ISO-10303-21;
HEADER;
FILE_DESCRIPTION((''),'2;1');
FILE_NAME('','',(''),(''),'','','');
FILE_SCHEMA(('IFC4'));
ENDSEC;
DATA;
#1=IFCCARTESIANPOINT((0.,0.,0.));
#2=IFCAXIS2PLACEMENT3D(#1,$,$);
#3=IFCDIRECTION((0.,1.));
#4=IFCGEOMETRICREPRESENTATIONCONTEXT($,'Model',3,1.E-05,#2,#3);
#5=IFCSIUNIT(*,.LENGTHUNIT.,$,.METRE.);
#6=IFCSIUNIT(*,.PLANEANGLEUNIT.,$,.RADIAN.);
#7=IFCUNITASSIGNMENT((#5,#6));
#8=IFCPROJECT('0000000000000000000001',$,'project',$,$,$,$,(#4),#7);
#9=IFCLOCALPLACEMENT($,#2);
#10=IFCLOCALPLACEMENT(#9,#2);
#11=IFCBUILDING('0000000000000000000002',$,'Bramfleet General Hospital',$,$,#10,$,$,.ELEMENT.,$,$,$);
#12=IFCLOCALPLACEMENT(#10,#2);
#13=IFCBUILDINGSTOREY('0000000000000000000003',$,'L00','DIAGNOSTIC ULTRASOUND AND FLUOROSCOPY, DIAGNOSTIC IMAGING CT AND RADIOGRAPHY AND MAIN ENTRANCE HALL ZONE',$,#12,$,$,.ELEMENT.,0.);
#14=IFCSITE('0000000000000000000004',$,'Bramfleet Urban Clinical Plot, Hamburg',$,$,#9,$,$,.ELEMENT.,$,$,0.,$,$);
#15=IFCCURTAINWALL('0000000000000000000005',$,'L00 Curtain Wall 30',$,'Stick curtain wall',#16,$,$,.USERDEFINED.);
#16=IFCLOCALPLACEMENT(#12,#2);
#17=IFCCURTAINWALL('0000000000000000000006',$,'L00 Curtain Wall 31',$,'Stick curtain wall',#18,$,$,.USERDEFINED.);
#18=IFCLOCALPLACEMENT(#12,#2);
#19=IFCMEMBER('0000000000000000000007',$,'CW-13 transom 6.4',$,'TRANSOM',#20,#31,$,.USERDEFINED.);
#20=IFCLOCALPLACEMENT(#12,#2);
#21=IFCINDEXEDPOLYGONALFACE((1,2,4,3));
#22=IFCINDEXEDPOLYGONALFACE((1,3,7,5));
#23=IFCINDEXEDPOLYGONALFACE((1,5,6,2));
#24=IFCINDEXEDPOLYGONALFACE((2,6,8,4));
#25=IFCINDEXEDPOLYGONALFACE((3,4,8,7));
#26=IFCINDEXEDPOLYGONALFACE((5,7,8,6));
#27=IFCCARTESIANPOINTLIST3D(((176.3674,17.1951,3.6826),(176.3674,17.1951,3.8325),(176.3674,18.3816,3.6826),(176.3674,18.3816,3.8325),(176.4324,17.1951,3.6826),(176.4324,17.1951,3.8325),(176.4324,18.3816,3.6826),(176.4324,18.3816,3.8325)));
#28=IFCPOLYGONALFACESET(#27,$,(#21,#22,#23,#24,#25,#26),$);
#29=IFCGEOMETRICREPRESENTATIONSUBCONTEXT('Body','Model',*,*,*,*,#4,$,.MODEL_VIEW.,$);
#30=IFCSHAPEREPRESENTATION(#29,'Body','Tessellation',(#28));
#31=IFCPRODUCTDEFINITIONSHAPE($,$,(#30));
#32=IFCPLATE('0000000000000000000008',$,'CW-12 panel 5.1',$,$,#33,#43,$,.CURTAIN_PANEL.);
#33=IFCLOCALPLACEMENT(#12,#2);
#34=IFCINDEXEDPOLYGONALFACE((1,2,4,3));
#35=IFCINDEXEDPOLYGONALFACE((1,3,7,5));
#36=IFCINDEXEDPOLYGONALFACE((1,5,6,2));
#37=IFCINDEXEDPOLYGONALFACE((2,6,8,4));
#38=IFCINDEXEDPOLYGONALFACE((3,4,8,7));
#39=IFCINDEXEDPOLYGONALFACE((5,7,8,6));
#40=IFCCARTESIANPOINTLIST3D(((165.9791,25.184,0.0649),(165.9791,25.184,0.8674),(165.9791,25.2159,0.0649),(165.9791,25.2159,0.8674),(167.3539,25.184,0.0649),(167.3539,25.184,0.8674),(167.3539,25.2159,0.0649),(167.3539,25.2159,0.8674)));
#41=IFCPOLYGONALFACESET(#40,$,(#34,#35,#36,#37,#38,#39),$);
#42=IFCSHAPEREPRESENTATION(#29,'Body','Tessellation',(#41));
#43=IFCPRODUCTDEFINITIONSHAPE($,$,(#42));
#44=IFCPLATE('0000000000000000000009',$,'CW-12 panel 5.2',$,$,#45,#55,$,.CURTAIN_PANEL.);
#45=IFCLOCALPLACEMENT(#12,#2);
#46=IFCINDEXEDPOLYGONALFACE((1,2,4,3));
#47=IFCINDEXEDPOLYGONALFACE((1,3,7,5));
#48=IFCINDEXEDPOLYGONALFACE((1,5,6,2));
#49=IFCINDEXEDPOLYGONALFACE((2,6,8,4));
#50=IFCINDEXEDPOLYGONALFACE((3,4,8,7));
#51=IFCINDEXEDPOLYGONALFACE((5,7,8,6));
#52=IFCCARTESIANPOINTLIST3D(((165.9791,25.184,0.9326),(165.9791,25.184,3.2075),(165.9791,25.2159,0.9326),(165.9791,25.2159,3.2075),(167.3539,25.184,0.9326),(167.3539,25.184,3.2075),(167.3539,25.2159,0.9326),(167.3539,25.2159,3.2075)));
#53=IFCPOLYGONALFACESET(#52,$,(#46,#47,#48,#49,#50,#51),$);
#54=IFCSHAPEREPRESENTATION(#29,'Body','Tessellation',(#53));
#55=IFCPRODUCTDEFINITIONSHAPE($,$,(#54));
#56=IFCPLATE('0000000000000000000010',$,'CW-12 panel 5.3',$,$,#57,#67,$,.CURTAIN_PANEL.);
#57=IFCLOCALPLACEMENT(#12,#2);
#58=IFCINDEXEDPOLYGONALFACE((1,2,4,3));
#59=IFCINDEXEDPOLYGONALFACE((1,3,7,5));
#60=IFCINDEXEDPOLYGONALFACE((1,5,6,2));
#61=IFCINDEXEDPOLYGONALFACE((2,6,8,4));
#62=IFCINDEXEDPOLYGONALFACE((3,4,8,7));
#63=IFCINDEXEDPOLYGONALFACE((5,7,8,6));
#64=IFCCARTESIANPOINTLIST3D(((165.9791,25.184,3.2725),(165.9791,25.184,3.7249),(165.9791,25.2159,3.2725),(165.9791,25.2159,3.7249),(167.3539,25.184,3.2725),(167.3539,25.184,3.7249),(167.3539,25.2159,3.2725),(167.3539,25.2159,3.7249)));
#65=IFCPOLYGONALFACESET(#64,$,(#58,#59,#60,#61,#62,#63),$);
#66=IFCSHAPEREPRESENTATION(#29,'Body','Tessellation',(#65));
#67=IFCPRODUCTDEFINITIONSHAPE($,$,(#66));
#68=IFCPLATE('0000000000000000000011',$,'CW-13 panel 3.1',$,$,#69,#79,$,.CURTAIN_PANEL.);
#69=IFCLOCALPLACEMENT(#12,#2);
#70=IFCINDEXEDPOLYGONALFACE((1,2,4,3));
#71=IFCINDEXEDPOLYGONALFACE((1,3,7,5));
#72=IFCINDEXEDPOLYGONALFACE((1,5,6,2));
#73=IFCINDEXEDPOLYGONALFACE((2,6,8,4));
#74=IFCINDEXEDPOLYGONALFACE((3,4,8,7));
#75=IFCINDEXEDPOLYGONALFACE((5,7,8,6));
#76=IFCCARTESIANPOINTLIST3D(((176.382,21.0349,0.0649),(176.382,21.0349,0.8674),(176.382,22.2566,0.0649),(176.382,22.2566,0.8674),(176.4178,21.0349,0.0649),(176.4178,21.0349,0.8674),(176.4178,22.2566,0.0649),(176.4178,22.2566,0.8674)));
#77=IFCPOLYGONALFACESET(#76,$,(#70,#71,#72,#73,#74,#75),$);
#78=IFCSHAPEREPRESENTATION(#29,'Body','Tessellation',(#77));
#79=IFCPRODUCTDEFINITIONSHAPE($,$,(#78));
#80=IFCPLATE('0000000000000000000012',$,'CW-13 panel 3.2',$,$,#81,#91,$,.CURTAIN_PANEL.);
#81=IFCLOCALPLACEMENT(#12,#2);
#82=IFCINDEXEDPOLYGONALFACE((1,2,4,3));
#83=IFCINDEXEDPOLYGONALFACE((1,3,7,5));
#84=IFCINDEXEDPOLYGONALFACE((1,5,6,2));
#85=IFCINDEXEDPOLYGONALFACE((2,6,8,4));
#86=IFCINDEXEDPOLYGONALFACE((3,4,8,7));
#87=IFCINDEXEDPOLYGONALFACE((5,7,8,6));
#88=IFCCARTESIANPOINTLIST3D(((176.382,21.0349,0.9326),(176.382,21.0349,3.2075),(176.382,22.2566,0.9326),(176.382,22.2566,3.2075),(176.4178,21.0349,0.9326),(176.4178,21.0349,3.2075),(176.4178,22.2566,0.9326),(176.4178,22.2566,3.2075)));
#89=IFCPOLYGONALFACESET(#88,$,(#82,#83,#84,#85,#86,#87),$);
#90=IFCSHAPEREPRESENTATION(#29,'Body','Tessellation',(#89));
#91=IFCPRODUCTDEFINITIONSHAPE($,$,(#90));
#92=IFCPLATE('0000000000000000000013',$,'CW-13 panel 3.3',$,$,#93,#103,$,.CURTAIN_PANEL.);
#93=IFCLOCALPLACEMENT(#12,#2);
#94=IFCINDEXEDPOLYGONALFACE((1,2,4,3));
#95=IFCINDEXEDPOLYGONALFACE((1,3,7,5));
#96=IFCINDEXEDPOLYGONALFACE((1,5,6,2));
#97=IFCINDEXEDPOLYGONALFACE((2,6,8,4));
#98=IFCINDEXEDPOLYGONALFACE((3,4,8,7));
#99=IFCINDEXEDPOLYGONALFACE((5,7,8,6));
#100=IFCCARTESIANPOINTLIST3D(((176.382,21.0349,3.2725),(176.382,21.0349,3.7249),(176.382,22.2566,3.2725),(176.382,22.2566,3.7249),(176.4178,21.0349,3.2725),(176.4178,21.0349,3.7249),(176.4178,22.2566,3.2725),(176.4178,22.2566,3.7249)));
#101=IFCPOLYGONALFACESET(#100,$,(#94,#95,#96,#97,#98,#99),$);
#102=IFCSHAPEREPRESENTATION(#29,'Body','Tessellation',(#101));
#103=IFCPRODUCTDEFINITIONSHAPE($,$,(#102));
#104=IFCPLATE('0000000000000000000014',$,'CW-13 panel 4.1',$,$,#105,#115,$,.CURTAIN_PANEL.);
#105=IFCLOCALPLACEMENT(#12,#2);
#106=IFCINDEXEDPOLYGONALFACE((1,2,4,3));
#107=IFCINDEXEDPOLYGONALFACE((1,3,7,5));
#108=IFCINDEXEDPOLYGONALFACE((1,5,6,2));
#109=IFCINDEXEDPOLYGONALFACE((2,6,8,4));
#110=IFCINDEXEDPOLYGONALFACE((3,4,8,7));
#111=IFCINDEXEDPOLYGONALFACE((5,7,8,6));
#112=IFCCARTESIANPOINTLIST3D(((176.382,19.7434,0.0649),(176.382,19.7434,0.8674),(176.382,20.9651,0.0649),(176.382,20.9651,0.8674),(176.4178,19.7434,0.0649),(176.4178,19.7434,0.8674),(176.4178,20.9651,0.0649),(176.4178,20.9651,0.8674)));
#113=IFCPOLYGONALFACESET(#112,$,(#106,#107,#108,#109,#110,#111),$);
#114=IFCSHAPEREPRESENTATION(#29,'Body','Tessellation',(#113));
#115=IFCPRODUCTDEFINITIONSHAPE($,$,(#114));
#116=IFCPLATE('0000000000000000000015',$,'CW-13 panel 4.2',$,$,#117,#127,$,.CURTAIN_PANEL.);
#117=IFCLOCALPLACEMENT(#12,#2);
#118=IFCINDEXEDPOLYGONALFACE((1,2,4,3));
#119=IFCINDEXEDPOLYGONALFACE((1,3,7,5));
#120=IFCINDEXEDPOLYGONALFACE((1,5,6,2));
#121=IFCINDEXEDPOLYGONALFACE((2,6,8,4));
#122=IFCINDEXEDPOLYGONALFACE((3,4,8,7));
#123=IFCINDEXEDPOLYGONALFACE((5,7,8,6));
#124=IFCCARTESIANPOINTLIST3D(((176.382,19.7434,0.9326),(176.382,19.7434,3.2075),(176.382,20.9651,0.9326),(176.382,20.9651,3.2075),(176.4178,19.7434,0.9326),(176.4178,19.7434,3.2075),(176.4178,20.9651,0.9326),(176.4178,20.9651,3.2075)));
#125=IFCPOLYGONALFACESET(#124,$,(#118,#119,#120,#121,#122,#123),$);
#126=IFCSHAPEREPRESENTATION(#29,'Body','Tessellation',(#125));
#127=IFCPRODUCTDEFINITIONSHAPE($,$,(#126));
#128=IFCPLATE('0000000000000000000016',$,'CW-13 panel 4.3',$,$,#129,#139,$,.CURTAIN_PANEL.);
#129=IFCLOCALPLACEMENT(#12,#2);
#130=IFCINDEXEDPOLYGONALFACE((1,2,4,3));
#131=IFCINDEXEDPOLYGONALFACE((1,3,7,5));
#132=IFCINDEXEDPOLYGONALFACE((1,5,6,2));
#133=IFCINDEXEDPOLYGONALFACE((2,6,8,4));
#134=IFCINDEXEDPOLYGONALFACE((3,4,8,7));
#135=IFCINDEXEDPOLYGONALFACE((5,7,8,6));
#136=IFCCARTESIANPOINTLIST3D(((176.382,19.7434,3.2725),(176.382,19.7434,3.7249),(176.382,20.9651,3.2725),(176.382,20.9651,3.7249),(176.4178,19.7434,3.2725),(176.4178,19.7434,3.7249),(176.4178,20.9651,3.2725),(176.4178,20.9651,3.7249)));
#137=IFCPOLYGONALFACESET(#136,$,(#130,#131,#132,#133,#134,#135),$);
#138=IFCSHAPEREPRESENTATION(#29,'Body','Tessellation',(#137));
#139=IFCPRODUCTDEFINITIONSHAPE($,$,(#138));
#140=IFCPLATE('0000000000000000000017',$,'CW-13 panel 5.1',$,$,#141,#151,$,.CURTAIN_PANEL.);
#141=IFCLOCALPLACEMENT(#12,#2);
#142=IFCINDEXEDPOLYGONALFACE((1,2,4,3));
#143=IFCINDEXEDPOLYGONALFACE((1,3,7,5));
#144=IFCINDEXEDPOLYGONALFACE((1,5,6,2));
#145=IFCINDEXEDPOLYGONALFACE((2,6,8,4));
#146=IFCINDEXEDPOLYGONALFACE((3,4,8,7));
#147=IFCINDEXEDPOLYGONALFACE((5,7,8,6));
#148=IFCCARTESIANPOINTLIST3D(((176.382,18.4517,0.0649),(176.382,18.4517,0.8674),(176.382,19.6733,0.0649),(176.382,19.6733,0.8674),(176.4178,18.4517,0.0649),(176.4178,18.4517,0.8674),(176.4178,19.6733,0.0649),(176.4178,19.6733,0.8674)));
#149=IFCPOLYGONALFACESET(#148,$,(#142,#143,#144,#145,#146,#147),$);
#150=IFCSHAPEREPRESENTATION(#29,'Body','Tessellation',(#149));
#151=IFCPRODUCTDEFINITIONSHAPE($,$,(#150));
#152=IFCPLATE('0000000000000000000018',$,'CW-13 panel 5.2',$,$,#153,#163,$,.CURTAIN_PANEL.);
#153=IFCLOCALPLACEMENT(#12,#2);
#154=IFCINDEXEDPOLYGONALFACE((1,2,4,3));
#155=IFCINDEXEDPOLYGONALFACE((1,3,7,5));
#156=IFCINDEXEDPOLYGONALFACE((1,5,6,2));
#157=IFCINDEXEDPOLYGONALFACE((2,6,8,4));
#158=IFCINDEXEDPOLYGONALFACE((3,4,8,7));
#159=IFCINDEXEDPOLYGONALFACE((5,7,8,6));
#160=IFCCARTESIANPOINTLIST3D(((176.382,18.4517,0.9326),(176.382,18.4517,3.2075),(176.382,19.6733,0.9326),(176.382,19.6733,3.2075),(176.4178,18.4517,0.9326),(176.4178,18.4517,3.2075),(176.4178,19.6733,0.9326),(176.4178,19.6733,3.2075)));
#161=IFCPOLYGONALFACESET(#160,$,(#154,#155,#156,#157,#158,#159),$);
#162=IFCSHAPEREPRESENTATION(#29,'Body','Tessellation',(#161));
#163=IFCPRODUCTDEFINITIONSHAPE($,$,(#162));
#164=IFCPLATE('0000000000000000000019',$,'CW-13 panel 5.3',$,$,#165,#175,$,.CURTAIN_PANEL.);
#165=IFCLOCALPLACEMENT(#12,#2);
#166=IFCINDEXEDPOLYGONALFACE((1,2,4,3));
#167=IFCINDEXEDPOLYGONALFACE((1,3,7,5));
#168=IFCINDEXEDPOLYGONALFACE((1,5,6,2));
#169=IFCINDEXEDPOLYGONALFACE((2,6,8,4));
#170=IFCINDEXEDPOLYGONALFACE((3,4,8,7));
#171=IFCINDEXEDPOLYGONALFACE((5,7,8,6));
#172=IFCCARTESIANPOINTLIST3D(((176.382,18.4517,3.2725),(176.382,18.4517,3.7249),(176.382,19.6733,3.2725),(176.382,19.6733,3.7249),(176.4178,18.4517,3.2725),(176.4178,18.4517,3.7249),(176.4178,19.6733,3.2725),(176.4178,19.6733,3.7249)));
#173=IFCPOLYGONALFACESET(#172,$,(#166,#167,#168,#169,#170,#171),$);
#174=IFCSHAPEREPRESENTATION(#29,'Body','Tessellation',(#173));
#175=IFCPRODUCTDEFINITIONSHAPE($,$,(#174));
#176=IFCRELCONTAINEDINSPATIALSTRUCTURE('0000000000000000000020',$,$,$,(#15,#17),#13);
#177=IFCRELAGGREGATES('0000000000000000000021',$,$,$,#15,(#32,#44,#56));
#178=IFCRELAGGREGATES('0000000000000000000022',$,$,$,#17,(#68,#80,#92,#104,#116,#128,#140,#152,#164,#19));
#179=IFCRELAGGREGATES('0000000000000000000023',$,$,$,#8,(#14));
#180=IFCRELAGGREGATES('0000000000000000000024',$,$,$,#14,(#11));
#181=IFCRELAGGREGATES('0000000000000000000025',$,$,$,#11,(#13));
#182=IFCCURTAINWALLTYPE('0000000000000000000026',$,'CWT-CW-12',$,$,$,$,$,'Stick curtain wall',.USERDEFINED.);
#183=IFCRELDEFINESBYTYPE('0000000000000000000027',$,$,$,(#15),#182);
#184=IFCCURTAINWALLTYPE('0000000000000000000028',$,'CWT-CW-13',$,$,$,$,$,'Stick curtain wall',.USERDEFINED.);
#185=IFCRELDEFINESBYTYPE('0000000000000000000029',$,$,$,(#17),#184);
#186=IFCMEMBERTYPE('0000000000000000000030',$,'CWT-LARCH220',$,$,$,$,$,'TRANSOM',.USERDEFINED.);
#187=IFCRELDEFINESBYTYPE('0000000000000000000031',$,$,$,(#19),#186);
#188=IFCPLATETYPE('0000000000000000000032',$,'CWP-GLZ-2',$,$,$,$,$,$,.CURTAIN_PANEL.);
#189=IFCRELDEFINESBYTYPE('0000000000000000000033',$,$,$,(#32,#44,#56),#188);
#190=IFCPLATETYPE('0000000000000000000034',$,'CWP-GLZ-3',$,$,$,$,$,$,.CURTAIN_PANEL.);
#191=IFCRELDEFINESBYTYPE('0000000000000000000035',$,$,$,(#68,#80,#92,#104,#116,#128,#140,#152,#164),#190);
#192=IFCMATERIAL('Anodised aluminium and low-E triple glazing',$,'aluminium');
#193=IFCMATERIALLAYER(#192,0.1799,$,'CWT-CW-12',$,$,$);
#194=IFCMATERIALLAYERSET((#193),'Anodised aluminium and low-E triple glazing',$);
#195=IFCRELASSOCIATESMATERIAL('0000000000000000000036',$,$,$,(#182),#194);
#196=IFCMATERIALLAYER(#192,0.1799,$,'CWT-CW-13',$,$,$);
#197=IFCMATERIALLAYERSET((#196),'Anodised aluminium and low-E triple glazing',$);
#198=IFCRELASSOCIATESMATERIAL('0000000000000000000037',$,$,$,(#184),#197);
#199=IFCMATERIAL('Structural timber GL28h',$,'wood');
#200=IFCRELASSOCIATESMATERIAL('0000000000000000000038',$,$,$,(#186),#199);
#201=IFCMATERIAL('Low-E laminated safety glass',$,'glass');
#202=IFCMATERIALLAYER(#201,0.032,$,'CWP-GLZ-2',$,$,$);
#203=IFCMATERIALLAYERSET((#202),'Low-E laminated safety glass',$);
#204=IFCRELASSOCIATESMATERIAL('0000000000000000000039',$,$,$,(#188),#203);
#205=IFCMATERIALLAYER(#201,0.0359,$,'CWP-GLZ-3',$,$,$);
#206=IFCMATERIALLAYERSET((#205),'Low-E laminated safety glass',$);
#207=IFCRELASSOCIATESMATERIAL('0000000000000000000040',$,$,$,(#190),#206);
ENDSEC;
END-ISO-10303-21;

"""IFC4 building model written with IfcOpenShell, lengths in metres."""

from ifc_helpers import new_model, si_unit, direction, frame, origin, origin_2d, place, context, subcontext, project, spatial, rectangle, extrude, material, layer, layer_set, material_profile, profile_set, type_object, element, aggregate, save


model = new_model("IFC4")

# Units and contexts
model_context = context("Model", 3, precision=1e-05, world=origin(), true_north=direction((0.0, 1.0)))
body_context = subcontext(model_context, "Body", "Model", "MODEL_VIEW")
ifc_project = project(units=[si_unit("LENGTHUNIT", "METRE"), si_unit("PLANEANGLEUNIT", "RADIAN")], contexts=[model_context])

# Site, building, storey
site_placement = place(None, origin())
site = spatial("IfcSite", under=ifc_project, at=site_placement, Name="Bramfleet Urban Clinical Plot, Hamburg", CompositionType="ELEMENT", RefElevation=0.0)
building_placement = place(site_placement, origin())
building = spatial("IfcBuilding", under=site, at=building_placement, Name="Bramfleet General Hospital", CompositionType="ELEMENT")
storey_placement = place(building_placement, origin())
storey = spatial("IfcBuildingStorey", under=building, at=storey_placement, Name="L00", Description="DIAGNOSTIC ULTRASOUND AND FLUOROSCOPY, DIAGNOSTIC IMAGING CT AND RADIOGRAPHY AND MAIN ENTRANCE HALL ZONE", CompositionType="ELEMENT", Elevation=0.0)

# Curtain wall
ifc_material_1 = material(Name="Anodised aluminium and low-E triple glazing", Category="aluminium")
ifc_layer_1 = layer(ifc_material_1, 0.1799, Name="CWT-CW-12")
ifc_layer_set_1 = layer_set([ifc_layer_1], Name="Anodised aluminium and low-E triple glazing")
curtain_wall_type_1 = type_object("IfcCurtainWallType", Name="CWT-CW-12", ElementType="Stick curtain wall", PredefinedType="USERDEFINED", material=ifc_layer_set_1)
curtain_wall_1_placement = place(storey_placement, origin())
curtain_wall_1 = element("IfcCurtainWall", 1, at=curtain_wall_1_placement, inside=storey, type_object=curtain_wall_type_1, Name="L00 Curtain Wall 30", ObjectType="Stick curtain wall", PredefinedType="USERDEFINED")
ifc_material_2 = material(Name="Structural timber GL28h", Category="wood")

# Curtain wall, member
ifc_layer_2 = layer(ifc_material_1, 0.1799, Name="CWT-CW-13")
ifc_layer_set_2 = layer_set([ifc_layer_2], Name="Anodised aluminium and low-E triple glazing")
curtain_wall_type_2 = type_object("IfcCurtainWallType", Name="CWT-CW-13", ElementType="Stick curtain wall", PredefinedType="USERDEFINED", material=ifc_layer_set_2)
curtain_wall_2_placement = place(storey_placement, origin())
curtain_wall_2 = element("IfcCurtainWall", 2, at=curtain_wall_2_placement, inside=storey, type_object=curtain_wall_type_2, Name="L00 Curtain Wall 31", ObjectType="Stick curtain wall", PredefinedType="USERDEFINED")
ifc_material_profile_1 = material_profile(ifc_material_2, rectangle(XDim=0.0649, YDim=0.1499, at=origin_2d()), Name="LARCH 150x65")
ifc_profile_set_1 = profile_set([ifc_material_profile_1], Name="Structural timber GL28h")
member_type_1 = type_object("IfcMemberType", Name="CWT-LARCH220", ElementType="TRANSOM", PredefinedType="USERDEFINED", material=ifc_profile_set_1)
member_1_placement = place(storey_placement, frame((176.3999, 18.3816, 3.7576), z_axis=(0.0, -1.0, 0.0), x_axis=(1.0, 0.0, 0.0)))
member_1 = element("IfcMember", 3, at=member_1_placement, type_object=member_type_1, Name="CW-13 transom 6.4", ObjectType="TRANSOM", PredefinedType="USERDEFINED", context=body_context, shape_type="SweptSolid", body=[
    extrude(rectangle(XDim=0.0649, YDim=0.1499, at=origin_2d()), origin(), (0.0, 0.0, 1.0), 1.1865),
])

# Plates
ifc_material_3 = material(Name="Low-E laminated safety glass", Category="glass")
ifc_layer_3 = layer(ifc_material_3, 0.032, Name="CWP-GLZ-2")
ifc_layer_set_3 = layer_set([ifc_layer_3], Name="Low-E laminated safety glass")
plate_type_1 = type_object("IfcPlateType", Name="CWP-GLZ-2", PredefinedType="CURTAIN_PANEL", material=ifc_layer_set_3)
plate_1_placement = place(storey_placement, frame((166.6665, 25.2, 0.0649), z_axis=(0.0, 0.0, 1.0), x_axis=(1.0, 0.0, 0.0)))
plate_1 = element("IfcPlate", 4, at=plate_1_placement, type_object=plate_type_1, Name="CW-12 panel 5.1", PredefinedType="CURTAIN_PANEL", context=body_context, shape_type="SweptSolid", body=[
    extrude(rectangle(XDim=1.3748, YDim=0.032, at=origin_2d()), origin(), (0.0, 0.0, 1.0), 0.8025),
])
plate_2_placement = place(storey_placement, frame((166.6665, 25.2, 0.9326), z_axis=(0.0, 0.0, 1.0), x_axis=(1.0, 0.0, 0.0)))
plate_2 = element("IfcPlate", 5, at=plate_2_placement, type_object=plate_type_1, Name="CW-12 panel 5.2", PredefinedType="CURTAIN_PANEL", context=body_context, shape_type="SweptSolid", body=[
    extrude(rectangle(XDim=1.3748, YDim=0.032, at=origin_2d()), origin(), (0.0, 0.0, 1.0), 2.2749),
])
plate_3_placement = place(storey_placement, frame((166.6665, 25.2, 3.2725), z_axis=(0.0, 0.0, 1.0), x_axis=(1.0, 0.0, 0.0)))
plate_3 = element("IfcPlate", 6, at=plate_3_placement, type_object=plate_type_1, Name="CW-12 panel 5.3", PredefinedType="CURTAIN_PANEL", context=body_context, shape_type="SweptSolid", body=[
    extrude(rectangle(XDim=1.3748, YDim=0.032, at=origin_2d()), origin(), (0.0, 0.0, 1.0), 0.4524),
])
aggregate(curtain_wall_1, [plate_1, plate_2, plate_3])
ifc_layer_4 = layer(ifc_material_3, 0.0359, Name="CWP-GLZ-3")
ifc_layer_set_4 = layer_set([ifc_layer_4], Name="Low-E laminated safety glass")
plate_type_2 = type_object("IfcPlateType", Name="CWP-GLZ-3", PredefinedType="CURTAIN_PANEL", material=ifc_layer_set_4)
plate_4_placement = place(storey_placement, frame((176.3999, 21.6458, 0.0649), z_axis=(0.0, 0.0, 1.0), x_axis=(0.0, -1.0, 0.0)))
plate_4 = element("IfcPlate", 7, at=plate_4_placement, type_object=plate_type_2, Name="CW-13 panel 3.1", PredefinedType="CURTAIN_PANEL", context=body_context, shape_type="SweptSolid", body=[
    extrude(rectangle(XDim=1.2217, YDim=0.0359, at=origin_2d()), origin(), (0.0, 0.0, 1.0), 0.8025),
])
plate_5_placement = place(storey_placement, frame((176.3999, 21.6458, 0.9326), z_axis=(0.0, 0.0, 1.0), x_axis=(0.0, -1.0, 0.0)))
plate_5 = element("IfcPlate", 8, at=plate_5_placement, type_object=plate_type_2, Name="CW-13 panel 3.2", PredefinedType="CURTAIN_PANEL", context=body_context, shape_type="SweptSolid", body=[
    extrude(rectangle(XDim=1.2217, YDim=0.0359, at=origin_2d()), origin(), (0.0, 0.0, 1.0), 2.2749),
])
plate_6_placement = place(storey_placement, frame((176.3999, 21.6458, 3.2725), z_axis=(0.0, 0.0, 1.0), x_axis=(0.0, -1.0, 0.0)))
plate_6 = element("IfcPlate", 9, at=plate_6_placement, type_object=plate_type_2, Name="CW-13 panel 3.3", PredefinedType="CURTAIN_PANEL", context=body_context, shape_type="SweptSolid", body=[
    extrude(rectangle(XDim=1.2217, YDim=0.0359, at=origin_2d()), origin(), (0.0, 0.0, 1.0), 0.4524),
])
plate_7_placement = place(storey_placement, frame((176.3999, 20.3542, 0.0649), z_axis=(0.0, 0.0, 1.0), x_axis=(0.0, -1.0, 0.0)))
plate_7 = element("IfcPlate", 10, at=plate_7_placement, type_object=plate_type_2, Name="CW-13 panel 4.1", PredefinedType="CURTAIN_PANEL", context=body_context, shape_type="SweptSolid", body=[
    extrude(rectangle(XDim=1.2217, YDim=0.0359, at=origin_2d()), origin(), (0.0, 0.0, 1.0), 0.8025),
])
plate_8_placement = place(storey_placement, frame((176.3999, 20.3542, 0.9326), z_axis=(0.0, 0.0, 1.0), x_axis=(0.0, -1.0, 0.0)))
plate_8 = element("IfcPlate", 11, at=plate_8_placement, type_object=plate_type_2, Name="CW-13 panel 4.2", PredefinedType="CURTAIN_PANEL", context=body_context, shape_type="SweptSolid", body=[
    extrude(rectangle(XDim=1.2217, YDim=0.0359, at=origin_2d()), origin(), (0.0, 0.0, 1.0), 2.2749),
])
plate_9_placement = place(storey_placement, frame((176.3999, 20.3542, 3.2725), z_axis=(0.0, 0.0, 1.0), x_axis=(0.0, -1.0, 0.0)))
plate_9 = element("IfcPlate", 12, at=plate_9_placement, type_object=plate_type_2, Name="CW-13 panel 4.3", PredefinedType="CURTAIN_PANEL", context=body_context, shape_type="SweptSolid", body=[
    extrude(rectangle(XDim=1.2217, YDim=0.0359, at=origin_2d()), origin(), (0.0, 0.0, 1.0), 0.4524),
])
plate_10_placement = place(storey_placement, frame((176.3999, 19.0625, 0.0649), z_axis=(0.0, 0.0, 1.0), x_axis=(0.0, -1.0, 0.0)))
plate_10 = element("IfcPlate", 13, at=plate_10_placement, type_object=plate_type_2, Name="CW-13 panel 5.1", PredefinedType="CURTAIN_PANEL", context=body_context, shape_type="SweptSolid", body=[
    extrude(rectangle(XDim=1.2217, YDim=0.0359, at=origin_2d()), origin(), (0.0, 0.0, 1.0), 0.8025),
])
plate_11_placement = place(storey_placement, frame((176.3999, 19.0625, 0.9326), z_axis=(0.0, 0.0, 1.0), x_axis=(0.0, -1.0, 0.0)))
plate_11 = element("IfcPlate", 14, at=plate_11_placement, type_object=plate_type_2, Name="CW-13 panel 5.2", PredefinedType="CURTAIN_PANEL", context=body_context, shape_type="SweptSolid", body=[
    extrude(rectangle(XDim=1.2217, YDim=0.0359, at=origin_2d()), origin(), (0.0, 0.0, 1.0), 2.2749),
])
plate_12_placement = place(storey_placement, frame((176.3999, 19.0625, 3.2725), z_axis=(0.0, 0.0, 1.0), x_axis=(0.0, -1.0, 0.0)))
plate_12 = element("IfcPlate", 15, at=plate_12_placement, type_object=plate_type_2, Name="CW-13 panel 5.3", PredefinedType="CURTAIN_PANEL", context=body_context, shape_type="SweptSolid", body=[
    extrude(rectangle(XDim=1.2217, YDim=0.0359, at=origin_2d()), origin(), (0.0, 0.0, 1.0), 0.4524),
])
aggregate(curtain_wall_2, [plate_4, plate_5, plate_6, plate_7, plate_8, plate_9, plate_10, plate_11, plate_12, member_1])

save(model, "model.ifc")
